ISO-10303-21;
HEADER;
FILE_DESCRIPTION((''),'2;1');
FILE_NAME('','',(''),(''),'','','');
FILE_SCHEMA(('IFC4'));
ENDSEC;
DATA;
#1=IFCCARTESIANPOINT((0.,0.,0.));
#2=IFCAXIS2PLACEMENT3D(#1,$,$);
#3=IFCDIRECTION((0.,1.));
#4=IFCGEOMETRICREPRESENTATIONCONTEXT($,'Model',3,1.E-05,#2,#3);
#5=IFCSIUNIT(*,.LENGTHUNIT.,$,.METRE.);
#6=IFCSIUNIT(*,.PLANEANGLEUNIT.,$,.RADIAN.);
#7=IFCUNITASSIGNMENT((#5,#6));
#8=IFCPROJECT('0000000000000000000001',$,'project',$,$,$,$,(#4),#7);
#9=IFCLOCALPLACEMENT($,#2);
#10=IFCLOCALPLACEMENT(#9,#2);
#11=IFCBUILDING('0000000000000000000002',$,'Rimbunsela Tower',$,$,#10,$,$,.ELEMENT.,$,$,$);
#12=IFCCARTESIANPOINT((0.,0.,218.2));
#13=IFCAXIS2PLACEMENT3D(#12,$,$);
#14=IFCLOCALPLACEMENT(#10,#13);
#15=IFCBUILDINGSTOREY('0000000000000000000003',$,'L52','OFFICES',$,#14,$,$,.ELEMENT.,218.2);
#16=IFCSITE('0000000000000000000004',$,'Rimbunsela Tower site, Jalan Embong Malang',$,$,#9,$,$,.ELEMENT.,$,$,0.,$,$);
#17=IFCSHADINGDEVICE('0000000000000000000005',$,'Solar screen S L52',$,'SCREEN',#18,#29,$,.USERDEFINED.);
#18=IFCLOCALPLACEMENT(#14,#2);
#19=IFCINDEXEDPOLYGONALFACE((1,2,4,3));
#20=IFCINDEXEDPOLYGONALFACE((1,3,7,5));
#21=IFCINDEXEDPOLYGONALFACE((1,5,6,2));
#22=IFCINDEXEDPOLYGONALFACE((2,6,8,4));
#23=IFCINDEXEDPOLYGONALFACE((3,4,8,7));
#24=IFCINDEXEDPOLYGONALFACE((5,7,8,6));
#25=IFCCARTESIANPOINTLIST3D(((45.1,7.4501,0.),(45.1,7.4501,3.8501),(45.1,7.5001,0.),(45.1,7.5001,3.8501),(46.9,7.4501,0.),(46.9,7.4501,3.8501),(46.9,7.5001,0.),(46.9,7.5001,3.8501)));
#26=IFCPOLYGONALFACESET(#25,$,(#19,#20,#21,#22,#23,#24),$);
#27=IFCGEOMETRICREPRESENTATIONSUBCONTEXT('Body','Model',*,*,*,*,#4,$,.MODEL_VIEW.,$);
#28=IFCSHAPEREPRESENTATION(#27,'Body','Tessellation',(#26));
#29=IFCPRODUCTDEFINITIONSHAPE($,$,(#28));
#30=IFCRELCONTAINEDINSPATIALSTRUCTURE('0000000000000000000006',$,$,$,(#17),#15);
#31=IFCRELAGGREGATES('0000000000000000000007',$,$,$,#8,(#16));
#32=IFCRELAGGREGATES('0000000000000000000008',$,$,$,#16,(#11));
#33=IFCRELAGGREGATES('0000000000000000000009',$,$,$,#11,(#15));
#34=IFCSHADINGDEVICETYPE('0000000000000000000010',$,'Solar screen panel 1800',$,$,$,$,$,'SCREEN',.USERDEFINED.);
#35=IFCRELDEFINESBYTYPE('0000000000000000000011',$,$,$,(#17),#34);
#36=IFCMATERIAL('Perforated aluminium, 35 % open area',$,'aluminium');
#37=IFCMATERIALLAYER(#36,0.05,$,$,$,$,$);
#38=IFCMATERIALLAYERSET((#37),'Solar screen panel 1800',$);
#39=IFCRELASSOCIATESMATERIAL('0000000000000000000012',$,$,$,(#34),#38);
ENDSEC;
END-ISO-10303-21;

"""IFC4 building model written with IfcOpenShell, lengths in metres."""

from ifc_helpers import new_model, si_unit, direction, frame, origin, origin_2d, place, context, subcontext, project, spatial, rectangle, extrude, material, layer, layer_set, type_object, element, save


model = new_model("IFC4")

# Units and contexts
model_context = context("Model", 3, precision=1e-05, world=origin(), true_north=direction((0.0, 1.0)))
body_context = subcontext(model_context, "Body", "Model", "MODEL_VIEW")
ifc_project = project(units=[si_unit("LENGTHUNIT", "METRE"), si_unit("PLANEANGLEUNIT", "RADIAN")], contexts=[model_context])

# Site, building, storey
site_placement = place(None, origin())
site = spatial("IfcSite", under=ifc_project, at=site_placement, Name="Rimbunsela Tower site, Jalan Embong Malang", CompositionType="ELEMENT", RefElevation=0.0)
building_placement = place(site_placement, origin())
building = spatial("IfcBuilding", under=site, at=building_placement, Name="Rimbunsela Tower", CompositionType="ELEMENT")
storey_placement = place(building_placement, frame((0.0, 0.0, 218.2)))
storey = spatial("IfcBuildingStorey", under=building, at=storey_placement, Name="L52", Description="OFFICES", CompositionType="ELEMENT", Elevation=218.2)

# Shading device
ifc_material_1 = material(Name="Perforated aluminium, 35 % open area", Category="aluminium")
ifc_layer_1 = layer(ifc_material_1, 0.05)
ifc_layer_set_1 = layer_set([ifc_layer_1], Name="Solar screen panel 1800")
shading_device_type = type_object("IfcShadingDeviceType", Name="Solar screen panel 1800", ElementType="SCREEN", PredefinedType="USERDEFINED", material=ifc_layer_set_1)
for number, where, z_axis, x_axis, name in (
    (1, (46.0, 7.4751, 0.0), (0.0, 0.0, 1.0), (1.0, 0.0, 0.0), "Solar screen S L52"),
):
    element("IfcShadingDevice", number, at=place(storey_placement, frame(where, z_axis=z_axis, x_axis=x_axis)), inside=storey, type_object=shading_device_type, Name=name, ObjectType="SCREEN", PredefinedType="USERDEFINED", context=body_context, shape_type="SweptSolid", body=[
        extrude(rectangle(XDim=1.8, YDim=0.05, at=origin_2d()), origin(), (0.0, 0.0, 1.0), 3.8501),
    ])

save(model, "model.ifc")
